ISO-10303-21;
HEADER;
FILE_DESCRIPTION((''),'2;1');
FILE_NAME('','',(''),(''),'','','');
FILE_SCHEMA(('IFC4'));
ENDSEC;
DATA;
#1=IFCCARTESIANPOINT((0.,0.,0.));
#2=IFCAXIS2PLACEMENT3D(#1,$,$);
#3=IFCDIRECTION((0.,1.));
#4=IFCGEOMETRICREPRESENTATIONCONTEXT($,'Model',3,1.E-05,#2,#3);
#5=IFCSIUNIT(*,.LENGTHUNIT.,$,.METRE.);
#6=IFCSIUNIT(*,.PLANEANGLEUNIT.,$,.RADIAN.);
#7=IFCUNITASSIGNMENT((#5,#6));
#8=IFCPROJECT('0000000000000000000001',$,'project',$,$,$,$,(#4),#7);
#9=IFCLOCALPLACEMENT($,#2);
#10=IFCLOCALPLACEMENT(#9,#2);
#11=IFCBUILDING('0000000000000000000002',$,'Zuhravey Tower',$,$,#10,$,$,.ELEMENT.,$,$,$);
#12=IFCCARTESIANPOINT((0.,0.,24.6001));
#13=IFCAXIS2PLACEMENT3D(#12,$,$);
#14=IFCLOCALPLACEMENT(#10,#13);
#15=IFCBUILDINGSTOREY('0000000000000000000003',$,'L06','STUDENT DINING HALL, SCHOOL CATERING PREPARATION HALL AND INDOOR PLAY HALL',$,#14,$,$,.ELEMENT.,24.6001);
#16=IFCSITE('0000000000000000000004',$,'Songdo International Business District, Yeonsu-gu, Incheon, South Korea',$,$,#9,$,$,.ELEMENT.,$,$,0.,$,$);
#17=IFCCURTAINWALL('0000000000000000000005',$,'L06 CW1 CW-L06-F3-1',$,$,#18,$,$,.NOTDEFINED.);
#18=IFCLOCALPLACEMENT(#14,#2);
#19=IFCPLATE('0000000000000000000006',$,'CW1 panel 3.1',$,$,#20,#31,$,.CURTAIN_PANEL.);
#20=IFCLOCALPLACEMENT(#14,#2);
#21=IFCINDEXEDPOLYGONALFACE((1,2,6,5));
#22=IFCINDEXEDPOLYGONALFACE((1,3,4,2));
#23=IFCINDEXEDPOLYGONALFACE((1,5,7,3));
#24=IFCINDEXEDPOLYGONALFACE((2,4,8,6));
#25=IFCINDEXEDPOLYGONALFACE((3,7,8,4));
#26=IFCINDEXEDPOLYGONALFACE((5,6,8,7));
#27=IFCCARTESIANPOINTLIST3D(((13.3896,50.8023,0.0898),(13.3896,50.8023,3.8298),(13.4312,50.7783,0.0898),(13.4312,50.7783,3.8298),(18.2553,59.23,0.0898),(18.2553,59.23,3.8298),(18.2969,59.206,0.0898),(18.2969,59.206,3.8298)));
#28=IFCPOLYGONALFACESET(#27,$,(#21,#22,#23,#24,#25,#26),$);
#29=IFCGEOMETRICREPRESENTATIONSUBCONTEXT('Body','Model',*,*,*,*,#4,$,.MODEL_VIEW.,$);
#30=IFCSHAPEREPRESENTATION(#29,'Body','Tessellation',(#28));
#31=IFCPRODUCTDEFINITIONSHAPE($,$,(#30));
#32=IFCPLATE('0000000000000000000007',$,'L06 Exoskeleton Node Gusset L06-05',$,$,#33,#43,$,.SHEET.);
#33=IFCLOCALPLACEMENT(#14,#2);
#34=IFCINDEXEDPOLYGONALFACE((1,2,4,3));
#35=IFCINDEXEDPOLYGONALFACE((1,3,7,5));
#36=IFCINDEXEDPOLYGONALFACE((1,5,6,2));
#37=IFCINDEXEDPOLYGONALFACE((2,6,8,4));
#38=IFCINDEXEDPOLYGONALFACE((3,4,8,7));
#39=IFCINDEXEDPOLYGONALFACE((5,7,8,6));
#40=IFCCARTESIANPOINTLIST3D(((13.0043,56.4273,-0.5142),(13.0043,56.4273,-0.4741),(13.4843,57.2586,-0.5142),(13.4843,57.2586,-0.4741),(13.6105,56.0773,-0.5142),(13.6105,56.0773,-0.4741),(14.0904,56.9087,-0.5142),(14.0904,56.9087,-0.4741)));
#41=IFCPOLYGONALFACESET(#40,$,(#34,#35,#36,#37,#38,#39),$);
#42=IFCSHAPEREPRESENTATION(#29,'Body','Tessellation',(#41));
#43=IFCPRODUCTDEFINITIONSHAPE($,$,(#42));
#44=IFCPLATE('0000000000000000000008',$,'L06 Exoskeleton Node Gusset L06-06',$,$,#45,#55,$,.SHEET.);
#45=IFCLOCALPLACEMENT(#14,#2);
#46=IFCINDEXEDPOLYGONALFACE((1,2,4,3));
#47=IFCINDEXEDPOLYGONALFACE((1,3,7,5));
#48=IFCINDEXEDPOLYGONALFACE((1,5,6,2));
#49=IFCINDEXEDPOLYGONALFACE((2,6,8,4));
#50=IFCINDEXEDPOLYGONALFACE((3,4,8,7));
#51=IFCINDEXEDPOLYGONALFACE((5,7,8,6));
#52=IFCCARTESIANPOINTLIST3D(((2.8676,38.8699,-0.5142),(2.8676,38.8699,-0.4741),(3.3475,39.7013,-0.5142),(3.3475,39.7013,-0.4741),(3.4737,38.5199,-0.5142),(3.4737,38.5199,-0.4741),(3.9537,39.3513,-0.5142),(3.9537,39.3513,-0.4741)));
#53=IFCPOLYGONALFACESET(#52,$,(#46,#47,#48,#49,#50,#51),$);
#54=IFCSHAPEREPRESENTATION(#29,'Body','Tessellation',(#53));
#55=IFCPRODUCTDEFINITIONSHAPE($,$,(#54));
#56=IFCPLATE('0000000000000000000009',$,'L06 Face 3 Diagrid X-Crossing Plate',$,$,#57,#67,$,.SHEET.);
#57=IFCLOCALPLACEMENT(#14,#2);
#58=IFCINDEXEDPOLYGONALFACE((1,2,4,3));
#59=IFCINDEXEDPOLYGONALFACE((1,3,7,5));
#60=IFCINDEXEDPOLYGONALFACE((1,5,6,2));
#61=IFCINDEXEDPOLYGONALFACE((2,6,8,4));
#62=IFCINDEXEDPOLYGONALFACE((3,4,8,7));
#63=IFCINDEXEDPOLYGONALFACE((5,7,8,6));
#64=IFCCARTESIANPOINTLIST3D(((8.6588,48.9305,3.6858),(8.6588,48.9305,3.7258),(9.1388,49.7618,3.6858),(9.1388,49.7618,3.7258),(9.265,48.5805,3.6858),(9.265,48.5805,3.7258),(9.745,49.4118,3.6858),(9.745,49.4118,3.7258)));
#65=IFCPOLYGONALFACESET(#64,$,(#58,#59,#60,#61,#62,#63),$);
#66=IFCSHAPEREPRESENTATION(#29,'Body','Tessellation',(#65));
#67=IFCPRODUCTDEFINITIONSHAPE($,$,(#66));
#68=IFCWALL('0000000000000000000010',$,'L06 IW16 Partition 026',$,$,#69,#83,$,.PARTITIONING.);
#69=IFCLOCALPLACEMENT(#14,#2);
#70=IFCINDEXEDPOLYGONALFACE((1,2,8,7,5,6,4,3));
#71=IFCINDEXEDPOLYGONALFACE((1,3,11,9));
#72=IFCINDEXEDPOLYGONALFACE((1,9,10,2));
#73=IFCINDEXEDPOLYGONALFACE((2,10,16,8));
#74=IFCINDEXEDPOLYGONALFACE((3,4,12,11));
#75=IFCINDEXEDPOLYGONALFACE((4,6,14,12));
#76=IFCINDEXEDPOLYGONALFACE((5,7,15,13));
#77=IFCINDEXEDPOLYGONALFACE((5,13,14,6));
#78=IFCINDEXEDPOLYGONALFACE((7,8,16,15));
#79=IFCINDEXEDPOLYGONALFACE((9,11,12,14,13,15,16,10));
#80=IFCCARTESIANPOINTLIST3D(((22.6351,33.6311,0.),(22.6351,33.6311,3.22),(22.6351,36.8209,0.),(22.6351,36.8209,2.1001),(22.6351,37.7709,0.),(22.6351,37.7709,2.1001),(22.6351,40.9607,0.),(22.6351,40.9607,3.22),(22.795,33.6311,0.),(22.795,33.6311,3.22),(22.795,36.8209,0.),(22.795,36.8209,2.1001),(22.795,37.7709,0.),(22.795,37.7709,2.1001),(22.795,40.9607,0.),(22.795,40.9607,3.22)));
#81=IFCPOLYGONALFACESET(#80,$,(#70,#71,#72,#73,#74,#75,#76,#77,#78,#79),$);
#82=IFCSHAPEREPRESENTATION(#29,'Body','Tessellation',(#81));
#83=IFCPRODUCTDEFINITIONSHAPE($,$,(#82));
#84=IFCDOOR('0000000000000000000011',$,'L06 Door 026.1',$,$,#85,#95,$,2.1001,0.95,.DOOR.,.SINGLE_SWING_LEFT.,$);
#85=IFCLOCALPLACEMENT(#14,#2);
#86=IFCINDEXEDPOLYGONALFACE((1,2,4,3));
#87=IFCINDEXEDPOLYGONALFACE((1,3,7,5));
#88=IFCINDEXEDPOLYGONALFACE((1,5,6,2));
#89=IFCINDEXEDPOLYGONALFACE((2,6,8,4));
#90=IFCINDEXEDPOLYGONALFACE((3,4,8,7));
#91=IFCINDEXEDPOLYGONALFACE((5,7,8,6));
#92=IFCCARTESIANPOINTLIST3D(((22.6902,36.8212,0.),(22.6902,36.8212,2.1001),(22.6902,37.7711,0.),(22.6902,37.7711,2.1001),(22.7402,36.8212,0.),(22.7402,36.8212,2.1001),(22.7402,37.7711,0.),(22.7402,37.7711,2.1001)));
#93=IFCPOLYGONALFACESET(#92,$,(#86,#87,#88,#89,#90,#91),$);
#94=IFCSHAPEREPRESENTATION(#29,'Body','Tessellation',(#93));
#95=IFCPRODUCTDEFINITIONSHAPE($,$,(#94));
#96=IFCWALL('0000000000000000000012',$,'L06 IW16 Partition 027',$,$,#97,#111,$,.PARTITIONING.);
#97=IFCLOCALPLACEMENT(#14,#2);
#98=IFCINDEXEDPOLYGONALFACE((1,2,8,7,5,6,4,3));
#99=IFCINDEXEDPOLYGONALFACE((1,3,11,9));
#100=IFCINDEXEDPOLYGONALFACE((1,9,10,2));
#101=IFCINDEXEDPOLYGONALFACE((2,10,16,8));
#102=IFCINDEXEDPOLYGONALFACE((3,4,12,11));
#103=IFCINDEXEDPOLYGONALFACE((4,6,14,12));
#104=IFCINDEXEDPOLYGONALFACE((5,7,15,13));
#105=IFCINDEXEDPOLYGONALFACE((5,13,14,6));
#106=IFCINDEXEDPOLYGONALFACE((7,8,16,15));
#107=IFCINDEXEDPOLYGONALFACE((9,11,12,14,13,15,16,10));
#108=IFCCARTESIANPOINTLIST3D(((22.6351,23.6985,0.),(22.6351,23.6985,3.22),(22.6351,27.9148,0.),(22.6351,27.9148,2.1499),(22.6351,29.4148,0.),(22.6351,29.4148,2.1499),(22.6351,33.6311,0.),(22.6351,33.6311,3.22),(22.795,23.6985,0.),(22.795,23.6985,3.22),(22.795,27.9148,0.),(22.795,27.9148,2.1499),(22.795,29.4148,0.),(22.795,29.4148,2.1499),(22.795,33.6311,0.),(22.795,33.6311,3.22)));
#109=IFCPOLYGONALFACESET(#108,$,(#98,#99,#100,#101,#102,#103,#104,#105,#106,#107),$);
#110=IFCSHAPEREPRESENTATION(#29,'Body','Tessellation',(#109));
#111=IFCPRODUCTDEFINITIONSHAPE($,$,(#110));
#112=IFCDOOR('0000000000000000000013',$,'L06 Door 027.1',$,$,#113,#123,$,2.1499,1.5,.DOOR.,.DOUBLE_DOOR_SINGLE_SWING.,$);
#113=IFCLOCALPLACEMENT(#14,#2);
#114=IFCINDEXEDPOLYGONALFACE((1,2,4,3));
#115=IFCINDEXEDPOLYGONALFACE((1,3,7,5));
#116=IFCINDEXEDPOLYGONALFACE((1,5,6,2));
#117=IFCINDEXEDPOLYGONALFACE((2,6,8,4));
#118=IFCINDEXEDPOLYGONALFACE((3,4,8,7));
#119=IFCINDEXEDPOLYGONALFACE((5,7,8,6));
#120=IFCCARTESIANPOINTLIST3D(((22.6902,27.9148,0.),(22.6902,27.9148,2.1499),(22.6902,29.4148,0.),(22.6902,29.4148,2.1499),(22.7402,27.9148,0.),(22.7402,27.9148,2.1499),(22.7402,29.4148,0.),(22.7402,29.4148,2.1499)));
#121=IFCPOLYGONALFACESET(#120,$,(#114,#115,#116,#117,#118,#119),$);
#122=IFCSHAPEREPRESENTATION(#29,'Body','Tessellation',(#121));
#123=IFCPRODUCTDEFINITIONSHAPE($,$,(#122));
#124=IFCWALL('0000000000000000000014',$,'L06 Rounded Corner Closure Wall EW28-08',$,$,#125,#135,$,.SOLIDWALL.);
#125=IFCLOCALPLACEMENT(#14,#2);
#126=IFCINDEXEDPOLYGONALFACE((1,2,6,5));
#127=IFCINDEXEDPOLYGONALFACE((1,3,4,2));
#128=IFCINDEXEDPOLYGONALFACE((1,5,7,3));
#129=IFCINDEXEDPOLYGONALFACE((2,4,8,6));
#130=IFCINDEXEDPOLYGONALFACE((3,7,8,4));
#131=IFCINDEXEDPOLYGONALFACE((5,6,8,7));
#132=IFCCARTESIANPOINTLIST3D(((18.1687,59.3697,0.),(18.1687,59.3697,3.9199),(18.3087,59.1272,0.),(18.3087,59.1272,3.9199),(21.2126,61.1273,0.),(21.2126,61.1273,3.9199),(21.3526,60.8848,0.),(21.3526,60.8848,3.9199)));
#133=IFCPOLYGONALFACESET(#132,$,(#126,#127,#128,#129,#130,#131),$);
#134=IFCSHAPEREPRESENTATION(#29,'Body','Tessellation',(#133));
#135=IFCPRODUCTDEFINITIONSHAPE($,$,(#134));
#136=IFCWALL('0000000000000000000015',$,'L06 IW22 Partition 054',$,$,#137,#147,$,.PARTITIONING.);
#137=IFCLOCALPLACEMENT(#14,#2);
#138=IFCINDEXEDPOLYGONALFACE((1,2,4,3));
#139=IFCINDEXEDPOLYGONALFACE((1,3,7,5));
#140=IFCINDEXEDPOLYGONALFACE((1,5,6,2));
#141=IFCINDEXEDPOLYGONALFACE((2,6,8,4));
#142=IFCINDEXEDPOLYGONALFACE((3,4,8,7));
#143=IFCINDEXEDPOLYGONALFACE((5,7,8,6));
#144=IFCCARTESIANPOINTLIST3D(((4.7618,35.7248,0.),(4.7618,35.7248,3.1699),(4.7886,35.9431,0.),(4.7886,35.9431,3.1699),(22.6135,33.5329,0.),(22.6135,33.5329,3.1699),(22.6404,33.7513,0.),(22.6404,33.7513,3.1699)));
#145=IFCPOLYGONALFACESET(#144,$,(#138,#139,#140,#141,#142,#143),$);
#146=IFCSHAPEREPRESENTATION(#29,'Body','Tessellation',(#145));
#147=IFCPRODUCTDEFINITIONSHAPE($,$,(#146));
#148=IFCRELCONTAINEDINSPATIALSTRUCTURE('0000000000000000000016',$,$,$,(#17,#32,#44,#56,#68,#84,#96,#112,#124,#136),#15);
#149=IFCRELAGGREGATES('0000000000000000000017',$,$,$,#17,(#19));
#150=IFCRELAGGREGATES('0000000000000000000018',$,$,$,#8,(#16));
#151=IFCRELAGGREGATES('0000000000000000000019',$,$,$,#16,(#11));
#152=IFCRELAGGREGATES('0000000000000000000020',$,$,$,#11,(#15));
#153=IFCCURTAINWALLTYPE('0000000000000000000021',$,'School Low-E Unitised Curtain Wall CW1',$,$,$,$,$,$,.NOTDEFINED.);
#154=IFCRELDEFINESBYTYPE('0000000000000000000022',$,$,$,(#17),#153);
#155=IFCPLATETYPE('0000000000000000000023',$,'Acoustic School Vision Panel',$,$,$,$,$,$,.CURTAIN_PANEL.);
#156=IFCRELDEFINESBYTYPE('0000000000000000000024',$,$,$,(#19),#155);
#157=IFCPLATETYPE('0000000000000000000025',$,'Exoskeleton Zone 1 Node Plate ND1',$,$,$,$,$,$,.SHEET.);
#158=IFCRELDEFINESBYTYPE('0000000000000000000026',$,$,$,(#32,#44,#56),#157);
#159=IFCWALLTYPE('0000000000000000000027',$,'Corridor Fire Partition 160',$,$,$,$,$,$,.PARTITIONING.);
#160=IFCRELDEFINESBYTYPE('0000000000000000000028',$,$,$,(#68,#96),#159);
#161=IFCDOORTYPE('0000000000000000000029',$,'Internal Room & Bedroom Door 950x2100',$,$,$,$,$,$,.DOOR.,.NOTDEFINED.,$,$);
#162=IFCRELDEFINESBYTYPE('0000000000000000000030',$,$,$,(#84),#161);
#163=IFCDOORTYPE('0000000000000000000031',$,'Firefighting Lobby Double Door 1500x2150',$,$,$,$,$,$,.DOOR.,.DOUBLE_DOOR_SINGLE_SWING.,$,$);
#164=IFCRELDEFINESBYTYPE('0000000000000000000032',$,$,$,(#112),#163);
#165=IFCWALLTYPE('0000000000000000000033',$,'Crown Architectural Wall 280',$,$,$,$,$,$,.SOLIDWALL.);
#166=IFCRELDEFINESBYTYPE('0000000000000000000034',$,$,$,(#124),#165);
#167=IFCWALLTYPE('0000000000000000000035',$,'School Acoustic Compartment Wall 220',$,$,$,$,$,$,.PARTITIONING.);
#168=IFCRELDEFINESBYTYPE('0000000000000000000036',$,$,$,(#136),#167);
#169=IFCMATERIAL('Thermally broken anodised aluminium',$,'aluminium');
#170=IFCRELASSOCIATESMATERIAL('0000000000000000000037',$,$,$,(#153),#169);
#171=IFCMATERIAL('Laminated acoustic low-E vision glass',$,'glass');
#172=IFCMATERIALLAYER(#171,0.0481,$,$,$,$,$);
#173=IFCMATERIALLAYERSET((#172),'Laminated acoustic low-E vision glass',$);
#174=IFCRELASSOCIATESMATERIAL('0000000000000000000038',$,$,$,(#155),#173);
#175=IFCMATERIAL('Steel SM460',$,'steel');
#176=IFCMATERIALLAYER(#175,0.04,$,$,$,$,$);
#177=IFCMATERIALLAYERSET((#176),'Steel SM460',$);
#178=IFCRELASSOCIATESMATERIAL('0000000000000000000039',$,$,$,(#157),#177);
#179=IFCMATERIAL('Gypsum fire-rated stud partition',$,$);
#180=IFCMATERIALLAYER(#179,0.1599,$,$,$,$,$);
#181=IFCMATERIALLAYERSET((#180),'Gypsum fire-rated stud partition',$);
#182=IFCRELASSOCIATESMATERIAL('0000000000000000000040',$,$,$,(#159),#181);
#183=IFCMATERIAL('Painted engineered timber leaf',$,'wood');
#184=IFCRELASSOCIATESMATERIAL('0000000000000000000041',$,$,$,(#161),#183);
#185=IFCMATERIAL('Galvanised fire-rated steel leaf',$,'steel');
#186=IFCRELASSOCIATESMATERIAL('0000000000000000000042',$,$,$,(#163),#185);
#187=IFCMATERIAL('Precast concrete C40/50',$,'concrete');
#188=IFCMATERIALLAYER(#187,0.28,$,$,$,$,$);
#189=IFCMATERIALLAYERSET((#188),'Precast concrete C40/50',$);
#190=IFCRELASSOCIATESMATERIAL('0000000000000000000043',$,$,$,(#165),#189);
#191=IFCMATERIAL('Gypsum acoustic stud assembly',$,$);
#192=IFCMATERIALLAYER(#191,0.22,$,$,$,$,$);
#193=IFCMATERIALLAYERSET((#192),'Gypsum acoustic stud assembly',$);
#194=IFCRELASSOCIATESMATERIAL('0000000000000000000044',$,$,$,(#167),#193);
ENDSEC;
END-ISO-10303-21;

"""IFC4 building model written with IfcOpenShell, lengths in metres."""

from ifc_helpers import new_model, si_unit, direction, frame, frame_2d, origin, origin_2d, place, context, subcontext, project, spatial, rectangle, extrude, material, layer, layer_set, type_object, element, fill, aggregate, save


model = new_model("IFC4")

# Units and contexts
model_context = context("Model", 3, precision=1e-05, world=origin(), true_north=direction((0.0, 1.0)))
body_context = subcontext(model_context, "Body", "Model", "MODEL_VIEW")
ifc_project = project(units=[si_unit("LENGTHUNIT", "METRE"), si_unit("PLANEANGLEUNIT", "RADIAN")], contexts=[model_context])

# Site, building, storey
site_placement = place(None, origin())
site = spatial("IfcSite", under=ifc_project, at=site_placement, Name="Songdo International Business District, Yeonsu-gu, Incheon, South Korea", CompositionType="ELEMENT", RefElevation=0.0)
building_placement = place(site_placement, origin())
building = spatial("IfcBuilding", under=site, at=building_placement, Name="Zuhravey Tower", CompositionType="ELEMENT")
storey_placement = place(building_placement, frame((0.0, 0.0, 24.6001)))
storey = spatial("IfcBuildingStorey", under=building, at=storey_placement, Name="L06", Description="STUDENT DINING HALL, SCHOOL CATERING PREPARATION HALL AND INDOOR PLAY HALL", CompositionType="ELEMENT", Elevation=24.6001)

# Curtain wall
ifc_material_1 = material(Name="Thermally broken anodised aluminium", Category="aluminium")
curtain_wall_type = type_object("IfcCurtainWallType", Name="School Low-E Unitised Curtain Wall CW1", PredefinedType="NOTDEFINED", material=ifc_material_1)
curtain_wall_1_placement = place(storey_placement, origin())
curtain_wall_1 = element("IfcCurtainWall", 1, at=curtain_wall_1_placement, inside=storey, type_object=curtain_wall_type, Name="L06 CW1 CW-L06-F3-1", PredefinedType="NOTDEFINED")

# Shared definitions
ifc_material_2 = material(Name="Steel SM460", Category="steel")

# Plate
ifc_material_3 = material(Name="Laminated acoustic low-E vision glass", Category="glass")
ifc_layer_1 = layer(ifc_material_3, 0.0481)
ifc_layer_set_1 = layer_set([ifc_layer_1], Name="Laminated acoustic low-E vision glass")
plate_type_1 = type_object("IfcPlateType", Name="Acoustic School Vision Panel", PredefinedType="CURTAIN_PANEL", material=ifc_layer_set_1)
plate_1_placement = place(storey_placement, frame((15.8433, 55.0042, 0.0898), z_axis=(0.0, 0.0, 1.0), x_axis=(0.5, 0.866026, 0.0)))
plate_1 = element("IfcPlate", 2, at=plate_1_placement, type_object=plate_type_1, Name="CW1 panel 3.1", PredefinedType="CURTAIN_PANEL", context=body_context, shape_type="SweptSolid", body=[
    extrude(rectangle(XDim=9.7314, YDim=0.0481, at=origin_2d()), origin(), (0.0, 0.0, 1.0), 3.74),
])
aggregate(curtain_wall_1, [plate_1])

# Plates
ifc_layer_2 = layer(ifc_material_2, 0.04)
ifc_layer_set_2 = layer_set([ifc_layer_2], Name="Steel SM460")
plate_type_2 = type_object("IfcPlateType", Name="Exoskeleton Zone 1 Node Plate ND1", PredefinedType="SHEET", material=ifc_layer_set_2)
for number, where, z_axis, x_axis, name in (
    (3, (13.5474, 56.668, -0.5142), (0.0, 0.0, 1.0), (-0.5, -0.866025, 0.0), "L06 Exoskeleton Node Gusset L06-05"),
    (4, (3.4106, 39.1106, -0.5142), (0.0, 0.0, 1.0), (-0.5, -0.866025, 0.0), "L06 Exoskeleton Node Gusset L06-06"),
    (5, (9.2019, 49.1711, 3.6858), (0.0, 0.0, 1.0), (-0.5, -0.866025, 0.0), "L06 Face 3 Diagrid X-Crossing Plate"),
):
    element("IfcPlate", number, at=place(storey_placement, frame(where, z_axis=z_axis, x_axis=x_axis)), inside=storey, type_object=plate_type_2, Name=name, PredefinedType="SHEET", context=body_context, shape_type="SweptSolid", body=[
        extrude(rectangle(XDim=0.96, YDim=0.7, at=origin_2d()), origin(), (0.0, 0.0, 1.0), 0.04),
    ])

# Walls, openings, doors
ifc_material_4 = material(Name="Gypsum fire-rated stud partition")
ifc_layer_3 = layer(ifc_material_4, 0.1599)
ifc_layer_set_3 = layer_set([ifc_layer_3], Name="Gypsum fire-rated stud partition")
wall_type_1 = type_object("IfcWallType", Name="Corridor Fire Partition 160", PredefinedType="PARTITIONING", material=ifc_layer_set_3)
wall_1_placement = place(storey_placement, frame((22.7151, 40.9607, 0.0), z_axis=(0.0, 0.0, 1.0), x_axis=(0.0, -1.0, 0.0)))
wall_1 = element("IfcWall", 6, at=wall_1_placement, inside=storey, type_object=wall_type_1, Name="L06 IW16 Partition 026", PredefinedType="PARTITIONING", context=body_context, shape_type="SweptSolid", body=[
    extrude(rectangle(XDim=7.3296, YDim=0.1599, at=frame_2d((3.6648, 0.0))), origin(), (0.0, 0.0, 1.0), 3.22),
])
opening_1_placement = place(wall_1_placement, frame((3.1897, 0.0, 0.0)))
opening_1 = element("IfcOpeningElement", 7, at=opening_1_placement, cuts=wall_1, PredefinedType="OPENING", context=body_context, shape_type="SweptSolid", body=[
    extrude(rectangle(XDim=0.95, YDim=2.1001, at=frame_2d((0.4751, 1.05))), frame((0.0, 0.092, 0.0), z_axis=(0.0, -1.0, 0.0), x_axis=(1.0, 0.0, 0.0)), (0.0, 0.0, 1.0), 0.1838),
])
ifc_material_5 = material(Name="Painted engineered timber leaf", Category="wood")
door_type_1 = type_object("IfcDoorType", Name="Internal Room & Bedroom Door 950x2100", OperationType="NOTDEFINED", PredefinedType="DOOR", material=ifc_material_5)
door_1_placement = place(opening_1_placement, frame((0.95, 0.0, 0.0), z_axis=(0.0, 0.0, 1.0), x_axis=(-1.0, 0.0, 0.0)))
door_1 = element("IfcDoor", 8, at=door_1_placement, inside=storey, type_object=door_type_1, Name="L06 Door 026.1", OperationType="SINGLE_SWING_LEFT", OverallHeight=2.1001, OverallWidth=0.95, PredefinedType="DOOR", context=body_context, shape_type="SweptSolid", body=[
    extrude(rectangle(XDim=0.95, YDim=2.1001, at=frame_2d((0.4751, 1.05))), frame((0.0, 0.0249, 0.0), z_axis=(0.0, -1.0, 0.0), x_axis=(1.0, 0.0, 0.0)), (0.0, 0.0, 1.0), 0.05),
])
fill(opening_1, door_1)
wall_2_placement = place(storey_placement, frame((22.7151, 33.6311, 0.0), z_axis=(0.0, 0.0, 1.0), x_axis=(0.0, -1.0, 0.0)))
wall_2 = element("IfcWall", 9, at=wall_2_placement, inside=storey, type_object=wall_type_1, Name="L06 IW16 Partition 027", PredefinedType="PARTITIONING", context=body_context, shape_type="SweptSolid", body=[
    extrude(rectangle(XDim=9.9326, YDim=0.1599, at=frame_2d((4.9663, 0.0))), origin(), (0.0, 0.0, 1.0), 3.22),
])
opening_2_placement = place(wall_2_placement, frame((4.2163, 0.0, 0.0)))
opening_2 = element("IfcOpeningElement", 10, at=opening_2_placement, cuts=wall_2, PredefinedType="OPENING", context=body_context, shape_type="SweptSolid", body=[
    extrude(rectangle(XDim=1.5, YDim=2.1499, at=frame_2d((0.75, 1.075))), frame((0.0, 0.092, 0.0), z_axis=(0.0, -1.0, 0.0), x_axis=(1.0, 0.0, 0.0)), (0.0, 0.0, 1.0), 0.1838),
])
ifc_material_6 = material(Name="Galvanised fire-rated steel leaf", Category="steel")
door_type_2 = type_object("IfcDoorType", Name="Firefighting Lobby Double Door 1500x2150", OperationType="DOUBLE_DOOR_SINGLE_SWING", PredefinedType="DOOR", material=ifc_material_6)
door_2_placement = place(opening_2_placement, frame((1.5, 0.0, 0.0), z_axis=(0.0, 0.0, 1.0), x_axis=(-1.0, 0.0, 0.0)))
door_2 = element("IfcDoor", 11, at=door_2_placement, inside=storey, type_object=door_type_2, Name="L06 Door 027.1", OperationType="DOUBLE_DOOR_SINGLE_SWING", OverallHeight=2.1499, OverallWidth=1.5, PredefinedType="DOOR", context=body_context, shape_type="SweptSolid", body=[
    extrude(rectangle(XDim=1.5, YDim=2.1499, at=frame_2d((0.75, 1.075))), frame((0.0, 0.0249, 0.0), z_axis=(0.0, -1.0, 0.0), x_axis=(1.0, 0.0, 0.0)), (0.0, 0.0, 1.0), 0.05),
])
fill(opening_2, door_2)

# Walls
ifc_material_7 = material(Name="Precast concrete C40/50", Category="concrete")
ifc_layer_4 = layer(ifc_material_7, 0.28)
ifc_layer_set_4 = layer_set([ifc_layer_4], Name="Precast concrete C40/50")
wall_type_2 = type_object("IfcWallType", Name="Crown Architectural Wall 280", PredefinedType="SOLIDWALL", material=ifc_layer_set_4)
wall_3_placement = place(storey_placement, frame((18.2388, 59.2485, 0.0), z_axis=(0.0, 0.0, 1.0), x_axis=(0.866007, 0.500031, 0.0)))
element("IfcWall", 12, at=wall_3_placement, inside=storey, type_object=wall_type_2, Name="L06 Rounded Corner Closure Wall EW28-08", PredefinedType="SOLIDWALL", context=body_context, shape_type="SweptSolid", body=[
    extrude(rectangle(XDim=3.5149, YDim=0.28, at=frame_2d((1.7573, 0.0))), origin(), (0.0, 0.0, 1.0), 3.9199),
])
ifc_material_8 = material(Name="Gypsum acoustic stud assembly")
ifc_layer_5 = layer(ifc_material_8, 0.22)
ifc_layer_set_5 = layer_set([ifc_layer_5], Name="Gypsum acoustic stud assembly")
wall_type_3 = type_object("IfcWallType", Name="School Acoustic Compartment Wall 220", PredefinedType="PARTITIONING", material=ifc_layer_set_5)
wall_4_placement = place(storey_placement, frame((22.627, 33.6421, 0.0), z_axis=(0.0, 0.0, 1.0), x_axis=(-0.992546, 0.121868, 0.0)))
element("IfcWall", 13, at=wall_4_placement, inside=storey, type_object=wall_type_3, Name="L06 IW22 Partition 054", PredefinedType="PARTITIONING", context=body_context, shape_type="SweptSolid", body=[
    extrude(rectangle(XDim=17.9858, YDim=0.22, at=frame_2d((8.9929, 0.0))), origin(), (0.0, 0.0, 1.0), 3.1699),
])

save(model, "model.ifc")
